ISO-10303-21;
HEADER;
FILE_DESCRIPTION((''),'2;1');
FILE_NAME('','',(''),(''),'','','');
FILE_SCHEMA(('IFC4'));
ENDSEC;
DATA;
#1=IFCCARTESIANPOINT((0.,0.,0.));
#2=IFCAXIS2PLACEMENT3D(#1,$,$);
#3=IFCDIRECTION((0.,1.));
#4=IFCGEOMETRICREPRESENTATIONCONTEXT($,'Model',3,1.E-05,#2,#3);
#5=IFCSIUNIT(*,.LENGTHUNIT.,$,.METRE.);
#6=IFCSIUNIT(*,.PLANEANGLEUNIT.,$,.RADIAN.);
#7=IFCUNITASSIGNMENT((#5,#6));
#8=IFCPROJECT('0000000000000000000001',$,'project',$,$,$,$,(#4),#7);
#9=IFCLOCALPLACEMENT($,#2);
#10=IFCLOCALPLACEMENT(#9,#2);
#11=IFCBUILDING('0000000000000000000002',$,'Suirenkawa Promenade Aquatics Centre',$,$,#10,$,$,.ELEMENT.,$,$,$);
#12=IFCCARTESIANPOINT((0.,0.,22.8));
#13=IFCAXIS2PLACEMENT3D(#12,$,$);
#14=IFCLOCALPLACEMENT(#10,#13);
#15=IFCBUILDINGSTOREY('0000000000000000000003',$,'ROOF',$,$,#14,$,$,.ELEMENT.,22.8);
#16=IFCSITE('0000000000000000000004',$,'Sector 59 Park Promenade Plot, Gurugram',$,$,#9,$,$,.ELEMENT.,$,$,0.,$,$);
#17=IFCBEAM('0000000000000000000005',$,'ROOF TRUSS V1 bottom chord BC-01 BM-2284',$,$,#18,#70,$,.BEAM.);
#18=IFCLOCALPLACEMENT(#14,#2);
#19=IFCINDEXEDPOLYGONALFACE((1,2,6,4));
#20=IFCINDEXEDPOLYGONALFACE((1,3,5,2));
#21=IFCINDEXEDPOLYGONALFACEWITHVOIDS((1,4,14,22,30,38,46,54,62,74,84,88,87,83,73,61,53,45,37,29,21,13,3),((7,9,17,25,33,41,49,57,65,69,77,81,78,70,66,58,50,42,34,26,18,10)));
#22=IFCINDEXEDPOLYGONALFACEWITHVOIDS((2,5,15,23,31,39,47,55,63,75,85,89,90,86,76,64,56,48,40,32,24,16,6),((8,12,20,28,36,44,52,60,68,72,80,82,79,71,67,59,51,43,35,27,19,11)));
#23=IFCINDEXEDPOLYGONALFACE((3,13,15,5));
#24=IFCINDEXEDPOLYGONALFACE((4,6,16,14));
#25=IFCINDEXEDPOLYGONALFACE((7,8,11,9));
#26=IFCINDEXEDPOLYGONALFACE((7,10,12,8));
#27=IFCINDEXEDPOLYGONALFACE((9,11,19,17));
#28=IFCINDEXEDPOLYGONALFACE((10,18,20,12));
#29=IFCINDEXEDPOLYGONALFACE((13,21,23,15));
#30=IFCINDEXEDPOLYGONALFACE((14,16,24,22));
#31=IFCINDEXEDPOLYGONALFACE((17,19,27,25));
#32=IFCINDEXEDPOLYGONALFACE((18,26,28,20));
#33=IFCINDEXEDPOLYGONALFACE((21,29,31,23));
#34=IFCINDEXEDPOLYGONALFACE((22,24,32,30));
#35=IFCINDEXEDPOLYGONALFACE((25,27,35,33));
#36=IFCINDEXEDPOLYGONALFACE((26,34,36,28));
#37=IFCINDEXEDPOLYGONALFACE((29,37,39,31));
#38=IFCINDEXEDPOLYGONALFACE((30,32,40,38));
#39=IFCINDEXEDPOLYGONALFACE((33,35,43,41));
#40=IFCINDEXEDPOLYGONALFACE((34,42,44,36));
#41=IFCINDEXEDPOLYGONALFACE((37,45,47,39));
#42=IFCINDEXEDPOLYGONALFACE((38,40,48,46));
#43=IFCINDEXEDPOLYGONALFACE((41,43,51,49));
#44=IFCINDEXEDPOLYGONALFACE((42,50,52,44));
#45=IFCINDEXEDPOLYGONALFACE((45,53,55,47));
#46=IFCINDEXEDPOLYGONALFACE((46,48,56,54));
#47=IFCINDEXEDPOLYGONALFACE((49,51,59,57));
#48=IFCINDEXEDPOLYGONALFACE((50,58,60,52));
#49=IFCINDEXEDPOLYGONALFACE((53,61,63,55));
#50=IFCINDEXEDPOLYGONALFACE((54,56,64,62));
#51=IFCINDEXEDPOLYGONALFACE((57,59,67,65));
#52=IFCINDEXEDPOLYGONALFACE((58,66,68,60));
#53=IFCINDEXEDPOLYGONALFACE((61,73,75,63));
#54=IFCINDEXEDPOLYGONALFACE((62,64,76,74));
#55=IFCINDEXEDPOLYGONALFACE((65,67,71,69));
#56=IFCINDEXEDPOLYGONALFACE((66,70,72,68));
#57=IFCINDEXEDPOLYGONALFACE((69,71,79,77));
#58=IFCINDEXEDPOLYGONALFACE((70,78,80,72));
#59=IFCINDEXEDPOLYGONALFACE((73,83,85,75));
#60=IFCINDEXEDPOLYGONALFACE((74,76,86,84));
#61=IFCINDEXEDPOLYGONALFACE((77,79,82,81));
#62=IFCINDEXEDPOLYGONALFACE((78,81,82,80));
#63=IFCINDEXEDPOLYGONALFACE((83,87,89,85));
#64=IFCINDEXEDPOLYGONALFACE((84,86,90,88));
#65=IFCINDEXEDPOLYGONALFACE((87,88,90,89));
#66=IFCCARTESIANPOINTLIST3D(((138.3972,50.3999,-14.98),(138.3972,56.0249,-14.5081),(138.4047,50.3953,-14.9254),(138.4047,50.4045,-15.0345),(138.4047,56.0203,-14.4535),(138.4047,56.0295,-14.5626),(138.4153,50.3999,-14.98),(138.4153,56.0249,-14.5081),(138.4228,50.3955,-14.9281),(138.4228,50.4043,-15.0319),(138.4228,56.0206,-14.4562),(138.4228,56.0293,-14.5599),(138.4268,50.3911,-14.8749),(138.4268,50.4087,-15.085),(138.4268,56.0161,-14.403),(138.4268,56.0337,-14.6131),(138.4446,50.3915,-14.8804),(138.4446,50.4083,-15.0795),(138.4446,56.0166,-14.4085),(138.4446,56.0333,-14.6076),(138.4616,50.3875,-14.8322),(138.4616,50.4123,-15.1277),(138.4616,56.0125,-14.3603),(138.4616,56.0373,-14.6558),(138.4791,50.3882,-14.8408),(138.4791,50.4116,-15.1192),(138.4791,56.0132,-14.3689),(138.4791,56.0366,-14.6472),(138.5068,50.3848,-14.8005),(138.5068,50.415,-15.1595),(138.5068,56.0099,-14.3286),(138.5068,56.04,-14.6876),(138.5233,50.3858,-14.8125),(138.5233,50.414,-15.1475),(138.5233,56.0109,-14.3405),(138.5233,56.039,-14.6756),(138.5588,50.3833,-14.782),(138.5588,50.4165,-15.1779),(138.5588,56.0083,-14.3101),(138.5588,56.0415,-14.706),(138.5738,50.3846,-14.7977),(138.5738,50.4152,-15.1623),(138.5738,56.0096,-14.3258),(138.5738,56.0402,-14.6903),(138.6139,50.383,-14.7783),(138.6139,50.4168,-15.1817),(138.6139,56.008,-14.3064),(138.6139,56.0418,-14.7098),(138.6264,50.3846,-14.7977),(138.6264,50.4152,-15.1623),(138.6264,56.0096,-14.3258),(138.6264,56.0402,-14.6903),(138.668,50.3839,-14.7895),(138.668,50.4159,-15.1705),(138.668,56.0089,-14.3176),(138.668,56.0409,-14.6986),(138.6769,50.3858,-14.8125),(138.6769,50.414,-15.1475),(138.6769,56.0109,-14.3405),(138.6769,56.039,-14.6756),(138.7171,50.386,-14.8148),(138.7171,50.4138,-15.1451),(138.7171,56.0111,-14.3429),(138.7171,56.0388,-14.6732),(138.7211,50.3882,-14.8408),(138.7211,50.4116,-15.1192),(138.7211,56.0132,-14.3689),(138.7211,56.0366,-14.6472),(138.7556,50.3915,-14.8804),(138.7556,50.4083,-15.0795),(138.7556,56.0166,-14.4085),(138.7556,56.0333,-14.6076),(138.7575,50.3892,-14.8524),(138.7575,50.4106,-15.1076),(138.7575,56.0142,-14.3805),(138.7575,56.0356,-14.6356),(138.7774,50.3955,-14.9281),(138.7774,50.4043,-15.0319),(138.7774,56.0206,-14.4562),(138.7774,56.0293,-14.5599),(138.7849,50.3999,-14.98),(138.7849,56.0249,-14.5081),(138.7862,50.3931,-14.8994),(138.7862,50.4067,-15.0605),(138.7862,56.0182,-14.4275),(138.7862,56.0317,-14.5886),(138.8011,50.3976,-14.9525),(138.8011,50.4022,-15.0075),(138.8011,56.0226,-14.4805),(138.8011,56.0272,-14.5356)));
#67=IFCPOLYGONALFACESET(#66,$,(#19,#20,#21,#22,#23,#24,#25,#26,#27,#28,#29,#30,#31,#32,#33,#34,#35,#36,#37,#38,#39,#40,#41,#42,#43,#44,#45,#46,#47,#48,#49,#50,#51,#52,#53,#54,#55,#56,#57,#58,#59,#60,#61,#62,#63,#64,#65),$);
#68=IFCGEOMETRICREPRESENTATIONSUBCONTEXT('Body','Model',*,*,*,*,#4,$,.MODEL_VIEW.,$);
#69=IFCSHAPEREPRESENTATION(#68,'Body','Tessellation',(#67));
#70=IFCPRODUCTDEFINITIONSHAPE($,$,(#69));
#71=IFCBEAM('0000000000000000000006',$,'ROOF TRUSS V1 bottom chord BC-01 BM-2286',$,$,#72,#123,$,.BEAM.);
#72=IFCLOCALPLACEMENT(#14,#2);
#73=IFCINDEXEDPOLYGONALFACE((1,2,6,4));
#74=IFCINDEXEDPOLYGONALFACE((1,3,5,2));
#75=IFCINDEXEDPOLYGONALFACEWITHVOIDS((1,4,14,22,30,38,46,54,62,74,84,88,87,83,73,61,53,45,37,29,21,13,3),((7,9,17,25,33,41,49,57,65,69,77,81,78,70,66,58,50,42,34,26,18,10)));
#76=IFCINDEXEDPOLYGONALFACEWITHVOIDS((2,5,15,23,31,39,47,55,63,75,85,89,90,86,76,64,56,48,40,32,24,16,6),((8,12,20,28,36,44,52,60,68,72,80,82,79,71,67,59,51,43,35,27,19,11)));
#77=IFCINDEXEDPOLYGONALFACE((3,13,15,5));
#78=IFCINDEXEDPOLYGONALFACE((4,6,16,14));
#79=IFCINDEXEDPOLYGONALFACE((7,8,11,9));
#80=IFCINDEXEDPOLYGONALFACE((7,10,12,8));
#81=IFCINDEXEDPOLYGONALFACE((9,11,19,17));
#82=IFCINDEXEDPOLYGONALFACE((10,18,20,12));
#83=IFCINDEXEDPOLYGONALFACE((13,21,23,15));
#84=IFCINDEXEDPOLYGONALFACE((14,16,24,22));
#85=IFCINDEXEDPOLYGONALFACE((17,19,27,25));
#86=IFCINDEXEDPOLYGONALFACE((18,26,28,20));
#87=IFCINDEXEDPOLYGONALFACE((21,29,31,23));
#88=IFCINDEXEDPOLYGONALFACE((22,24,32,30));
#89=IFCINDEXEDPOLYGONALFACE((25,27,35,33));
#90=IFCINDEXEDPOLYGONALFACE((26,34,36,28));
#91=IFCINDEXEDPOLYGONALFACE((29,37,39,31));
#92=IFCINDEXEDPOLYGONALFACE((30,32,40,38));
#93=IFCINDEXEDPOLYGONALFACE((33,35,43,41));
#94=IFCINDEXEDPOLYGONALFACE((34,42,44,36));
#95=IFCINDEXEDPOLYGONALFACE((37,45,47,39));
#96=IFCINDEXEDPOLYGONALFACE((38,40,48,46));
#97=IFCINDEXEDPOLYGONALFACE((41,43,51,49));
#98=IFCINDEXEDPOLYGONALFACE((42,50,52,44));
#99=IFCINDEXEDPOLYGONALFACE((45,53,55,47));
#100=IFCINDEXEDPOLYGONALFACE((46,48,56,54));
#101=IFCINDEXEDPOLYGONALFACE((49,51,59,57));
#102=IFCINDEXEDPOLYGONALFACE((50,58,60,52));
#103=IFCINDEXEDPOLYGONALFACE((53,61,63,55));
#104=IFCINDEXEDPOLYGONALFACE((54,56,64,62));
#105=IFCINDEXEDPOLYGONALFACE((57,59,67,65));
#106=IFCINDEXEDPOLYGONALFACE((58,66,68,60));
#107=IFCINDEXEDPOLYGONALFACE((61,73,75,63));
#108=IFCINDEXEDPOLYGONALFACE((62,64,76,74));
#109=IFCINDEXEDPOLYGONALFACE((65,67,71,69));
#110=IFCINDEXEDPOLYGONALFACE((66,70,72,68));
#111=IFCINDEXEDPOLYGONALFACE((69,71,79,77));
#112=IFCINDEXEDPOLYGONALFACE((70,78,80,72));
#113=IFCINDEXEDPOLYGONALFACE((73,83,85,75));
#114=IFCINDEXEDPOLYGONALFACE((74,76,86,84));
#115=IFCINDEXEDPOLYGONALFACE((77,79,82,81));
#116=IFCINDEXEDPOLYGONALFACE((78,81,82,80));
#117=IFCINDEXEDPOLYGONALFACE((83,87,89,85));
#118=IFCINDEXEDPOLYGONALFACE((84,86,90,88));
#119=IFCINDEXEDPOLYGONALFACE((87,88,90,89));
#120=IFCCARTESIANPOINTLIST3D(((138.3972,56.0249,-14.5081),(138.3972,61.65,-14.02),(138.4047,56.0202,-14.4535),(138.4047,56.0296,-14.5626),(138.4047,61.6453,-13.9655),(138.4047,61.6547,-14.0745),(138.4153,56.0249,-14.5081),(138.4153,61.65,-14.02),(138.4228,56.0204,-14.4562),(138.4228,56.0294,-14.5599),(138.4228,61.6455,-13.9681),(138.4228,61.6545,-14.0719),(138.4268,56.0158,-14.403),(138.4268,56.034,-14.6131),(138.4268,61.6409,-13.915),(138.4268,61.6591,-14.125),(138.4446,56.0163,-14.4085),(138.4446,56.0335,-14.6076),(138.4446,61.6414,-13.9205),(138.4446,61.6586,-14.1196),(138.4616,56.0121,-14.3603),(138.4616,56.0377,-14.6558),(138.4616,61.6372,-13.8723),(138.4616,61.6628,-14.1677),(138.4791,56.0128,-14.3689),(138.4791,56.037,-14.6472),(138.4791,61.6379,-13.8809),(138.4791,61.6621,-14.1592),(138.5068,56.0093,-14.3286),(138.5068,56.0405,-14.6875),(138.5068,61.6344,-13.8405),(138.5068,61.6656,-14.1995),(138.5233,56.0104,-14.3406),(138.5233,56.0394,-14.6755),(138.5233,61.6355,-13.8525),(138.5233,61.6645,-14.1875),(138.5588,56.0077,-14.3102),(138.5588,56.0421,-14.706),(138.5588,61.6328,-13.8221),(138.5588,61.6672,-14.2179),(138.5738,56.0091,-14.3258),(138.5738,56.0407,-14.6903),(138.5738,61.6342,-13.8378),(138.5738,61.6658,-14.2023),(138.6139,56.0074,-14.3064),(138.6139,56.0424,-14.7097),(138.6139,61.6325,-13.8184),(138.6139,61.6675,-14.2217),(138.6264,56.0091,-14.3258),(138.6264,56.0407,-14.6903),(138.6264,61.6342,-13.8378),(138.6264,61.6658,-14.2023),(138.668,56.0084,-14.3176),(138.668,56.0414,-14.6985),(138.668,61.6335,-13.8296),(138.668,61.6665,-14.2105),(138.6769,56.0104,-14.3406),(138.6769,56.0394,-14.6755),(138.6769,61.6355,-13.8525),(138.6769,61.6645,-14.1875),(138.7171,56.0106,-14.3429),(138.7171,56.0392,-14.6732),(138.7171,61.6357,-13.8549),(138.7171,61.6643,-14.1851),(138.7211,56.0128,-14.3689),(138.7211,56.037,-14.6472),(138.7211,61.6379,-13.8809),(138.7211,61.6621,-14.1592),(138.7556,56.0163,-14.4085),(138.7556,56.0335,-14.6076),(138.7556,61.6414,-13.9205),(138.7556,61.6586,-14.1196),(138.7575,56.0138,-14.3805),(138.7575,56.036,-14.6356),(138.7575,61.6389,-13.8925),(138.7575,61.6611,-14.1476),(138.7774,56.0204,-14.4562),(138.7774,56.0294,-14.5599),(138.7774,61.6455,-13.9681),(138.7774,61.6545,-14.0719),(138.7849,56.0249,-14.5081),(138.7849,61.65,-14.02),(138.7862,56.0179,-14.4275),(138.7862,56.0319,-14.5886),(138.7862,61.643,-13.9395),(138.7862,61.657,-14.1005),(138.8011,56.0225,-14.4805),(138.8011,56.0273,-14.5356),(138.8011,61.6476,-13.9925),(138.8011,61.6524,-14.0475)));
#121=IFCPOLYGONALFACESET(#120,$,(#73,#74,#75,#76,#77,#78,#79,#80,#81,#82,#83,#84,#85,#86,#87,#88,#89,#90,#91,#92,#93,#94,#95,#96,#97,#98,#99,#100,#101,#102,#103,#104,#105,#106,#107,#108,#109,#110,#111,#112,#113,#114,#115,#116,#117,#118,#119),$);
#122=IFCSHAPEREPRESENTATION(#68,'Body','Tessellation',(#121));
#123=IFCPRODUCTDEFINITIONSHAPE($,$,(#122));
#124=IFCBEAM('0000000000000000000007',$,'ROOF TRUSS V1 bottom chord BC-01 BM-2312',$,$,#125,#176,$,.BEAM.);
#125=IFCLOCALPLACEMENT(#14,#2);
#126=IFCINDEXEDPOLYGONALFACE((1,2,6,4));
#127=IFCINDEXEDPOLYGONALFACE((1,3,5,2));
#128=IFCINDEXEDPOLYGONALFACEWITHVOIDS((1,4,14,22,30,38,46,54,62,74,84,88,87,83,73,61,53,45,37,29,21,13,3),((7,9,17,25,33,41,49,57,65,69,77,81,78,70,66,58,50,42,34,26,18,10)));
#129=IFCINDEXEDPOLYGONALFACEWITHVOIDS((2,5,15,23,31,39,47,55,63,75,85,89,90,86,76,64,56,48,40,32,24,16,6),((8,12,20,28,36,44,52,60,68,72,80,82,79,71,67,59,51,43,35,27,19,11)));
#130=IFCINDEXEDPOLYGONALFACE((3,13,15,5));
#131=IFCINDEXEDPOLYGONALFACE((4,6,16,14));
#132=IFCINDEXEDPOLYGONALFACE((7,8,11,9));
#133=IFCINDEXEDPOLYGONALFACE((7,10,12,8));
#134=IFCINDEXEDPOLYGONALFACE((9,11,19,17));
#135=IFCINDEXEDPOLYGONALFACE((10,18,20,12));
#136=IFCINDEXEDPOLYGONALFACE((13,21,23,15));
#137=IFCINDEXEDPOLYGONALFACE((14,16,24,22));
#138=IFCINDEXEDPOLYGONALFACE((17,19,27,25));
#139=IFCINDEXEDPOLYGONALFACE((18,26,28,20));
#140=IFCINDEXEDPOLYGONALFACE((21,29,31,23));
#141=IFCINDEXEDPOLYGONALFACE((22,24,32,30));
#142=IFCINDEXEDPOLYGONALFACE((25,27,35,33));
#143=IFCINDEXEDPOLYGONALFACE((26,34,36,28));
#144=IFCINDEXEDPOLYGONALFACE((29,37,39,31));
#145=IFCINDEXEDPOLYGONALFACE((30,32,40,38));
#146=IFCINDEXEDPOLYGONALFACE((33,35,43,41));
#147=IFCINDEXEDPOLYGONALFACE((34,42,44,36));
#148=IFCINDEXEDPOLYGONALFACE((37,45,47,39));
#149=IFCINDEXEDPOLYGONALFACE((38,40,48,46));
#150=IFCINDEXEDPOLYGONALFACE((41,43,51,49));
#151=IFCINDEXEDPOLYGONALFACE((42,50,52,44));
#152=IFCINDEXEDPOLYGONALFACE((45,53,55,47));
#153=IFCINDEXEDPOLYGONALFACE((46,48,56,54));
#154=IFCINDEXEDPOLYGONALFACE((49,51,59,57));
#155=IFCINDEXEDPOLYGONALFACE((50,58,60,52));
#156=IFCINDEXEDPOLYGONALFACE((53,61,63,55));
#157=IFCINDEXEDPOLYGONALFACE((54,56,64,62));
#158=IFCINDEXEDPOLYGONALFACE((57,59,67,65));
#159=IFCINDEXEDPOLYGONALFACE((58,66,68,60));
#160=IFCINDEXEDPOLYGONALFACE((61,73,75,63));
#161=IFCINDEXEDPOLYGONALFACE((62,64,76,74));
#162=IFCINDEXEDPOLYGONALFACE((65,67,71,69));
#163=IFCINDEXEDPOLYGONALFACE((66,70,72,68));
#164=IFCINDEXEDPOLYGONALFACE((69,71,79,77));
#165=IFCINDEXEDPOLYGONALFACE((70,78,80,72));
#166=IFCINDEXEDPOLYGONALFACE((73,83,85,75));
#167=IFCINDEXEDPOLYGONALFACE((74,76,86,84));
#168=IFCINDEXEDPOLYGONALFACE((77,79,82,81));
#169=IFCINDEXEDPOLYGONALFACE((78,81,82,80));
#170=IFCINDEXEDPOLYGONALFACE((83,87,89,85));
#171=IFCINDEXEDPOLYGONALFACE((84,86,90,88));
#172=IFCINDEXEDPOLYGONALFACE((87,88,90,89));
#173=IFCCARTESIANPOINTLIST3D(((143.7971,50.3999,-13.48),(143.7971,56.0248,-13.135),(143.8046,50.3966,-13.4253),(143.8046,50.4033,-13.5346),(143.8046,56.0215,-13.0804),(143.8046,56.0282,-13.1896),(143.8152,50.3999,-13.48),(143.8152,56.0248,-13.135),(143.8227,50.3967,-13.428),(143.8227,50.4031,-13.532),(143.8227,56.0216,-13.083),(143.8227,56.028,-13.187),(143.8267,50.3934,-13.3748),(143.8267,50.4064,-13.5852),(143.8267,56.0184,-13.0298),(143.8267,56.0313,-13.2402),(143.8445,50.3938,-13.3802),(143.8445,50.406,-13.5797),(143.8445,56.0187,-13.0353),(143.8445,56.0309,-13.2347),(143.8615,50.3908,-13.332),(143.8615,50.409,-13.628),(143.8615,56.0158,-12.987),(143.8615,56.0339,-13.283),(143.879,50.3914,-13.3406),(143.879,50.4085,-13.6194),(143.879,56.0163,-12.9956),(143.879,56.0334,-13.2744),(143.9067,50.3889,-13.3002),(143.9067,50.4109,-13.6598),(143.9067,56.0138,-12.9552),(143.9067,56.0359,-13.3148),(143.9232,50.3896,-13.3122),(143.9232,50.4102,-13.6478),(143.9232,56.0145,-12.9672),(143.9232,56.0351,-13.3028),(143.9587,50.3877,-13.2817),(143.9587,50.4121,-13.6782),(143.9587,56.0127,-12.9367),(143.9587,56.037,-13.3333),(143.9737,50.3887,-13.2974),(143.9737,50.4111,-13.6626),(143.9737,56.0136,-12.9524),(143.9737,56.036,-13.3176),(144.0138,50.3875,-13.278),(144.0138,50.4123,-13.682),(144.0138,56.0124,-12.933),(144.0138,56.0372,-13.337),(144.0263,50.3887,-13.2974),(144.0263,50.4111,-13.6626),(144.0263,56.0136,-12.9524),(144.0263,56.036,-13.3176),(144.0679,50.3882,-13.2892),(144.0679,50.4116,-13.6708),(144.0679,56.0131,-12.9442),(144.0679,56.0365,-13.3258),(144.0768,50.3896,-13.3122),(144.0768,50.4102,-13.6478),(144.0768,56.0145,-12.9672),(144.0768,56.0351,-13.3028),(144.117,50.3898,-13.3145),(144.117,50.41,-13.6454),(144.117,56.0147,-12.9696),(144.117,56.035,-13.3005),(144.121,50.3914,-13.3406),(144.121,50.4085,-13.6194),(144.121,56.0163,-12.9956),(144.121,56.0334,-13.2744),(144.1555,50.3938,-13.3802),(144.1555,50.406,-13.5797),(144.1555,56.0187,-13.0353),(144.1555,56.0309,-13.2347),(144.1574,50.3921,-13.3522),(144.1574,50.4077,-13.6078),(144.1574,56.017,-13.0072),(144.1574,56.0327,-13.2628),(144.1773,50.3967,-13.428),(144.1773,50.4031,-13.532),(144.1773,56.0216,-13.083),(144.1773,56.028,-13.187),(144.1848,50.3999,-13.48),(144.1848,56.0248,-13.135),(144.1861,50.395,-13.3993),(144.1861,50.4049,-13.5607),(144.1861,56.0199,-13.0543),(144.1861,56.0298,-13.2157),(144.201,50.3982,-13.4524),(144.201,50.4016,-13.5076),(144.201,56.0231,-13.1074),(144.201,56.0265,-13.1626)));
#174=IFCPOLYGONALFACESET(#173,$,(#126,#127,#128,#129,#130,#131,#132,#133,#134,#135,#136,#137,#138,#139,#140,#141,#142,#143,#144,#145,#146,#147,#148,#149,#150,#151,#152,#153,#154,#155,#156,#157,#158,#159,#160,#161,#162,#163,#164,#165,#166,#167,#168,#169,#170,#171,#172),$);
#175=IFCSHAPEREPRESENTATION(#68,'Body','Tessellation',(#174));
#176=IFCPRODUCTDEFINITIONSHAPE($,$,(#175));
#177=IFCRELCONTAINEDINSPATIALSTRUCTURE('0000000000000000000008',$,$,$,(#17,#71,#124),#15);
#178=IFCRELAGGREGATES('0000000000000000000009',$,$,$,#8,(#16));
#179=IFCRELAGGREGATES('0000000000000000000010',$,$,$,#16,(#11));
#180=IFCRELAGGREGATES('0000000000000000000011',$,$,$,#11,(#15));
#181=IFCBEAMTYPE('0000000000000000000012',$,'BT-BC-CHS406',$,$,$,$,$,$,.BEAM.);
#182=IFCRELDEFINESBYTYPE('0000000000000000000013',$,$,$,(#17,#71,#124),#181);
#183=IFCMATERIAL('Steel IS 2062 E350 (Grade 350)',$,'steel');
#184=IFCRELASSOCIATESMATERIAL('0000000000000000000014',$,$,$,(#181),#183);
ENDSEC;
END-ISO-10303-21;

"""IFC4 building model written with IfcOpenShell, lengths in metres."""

from ifc_helpers import new_model, si_unit, direction, frame, origin, origin_2d, place, context, subcontext, project, spatial, hollow_circle, extrude, material, material_profile, profile_set, type_object, element, save


model = new_model("IFC4")

# Units and contexts
model_context = context("Model", 3, precision=1e-05, world=origin(), true_north=direction((0.0, 1.0)))
body_context = subcontext(model_context, "Body", "Model", "MODEL_VIEW")
ifc_project = project(units=[si_unit("LENGTHUNIT", "METRE"), si_unit("PLANEANGLEUNIT", "RADIAN")], contexts=[model_context])

# Site, building, storey
site_placement = place(None, origin())
site = spatial("IfcSite", under=ifc_project, at=site_placement, Name="Sector 59 Park Promenade Plot, Gurugram", CompositionType="ELEMENT", RefElevation=0.0)
building_placement = place(site_placement, origin())
building = spatial("IfcBuilding", under=site, at=building_placement, Name="Suirenkawa Promenade Aquatics Centre", CompositionType="ELEMENT")
storey_placement = place(building_placement, frame((0.0, 0.0, 22.8)))
storey = spatial("IfcBuildingStorey", under=building, at=storey_placement, Name="ROOF", CompositionType="ELEMENT", Elevation=22.8)

# Beams
ifc_material_1 = material(Name="Steel IS 2062 E350 (Grade 350)", Category="steel")
ifc_material_profile_1 = material_profile(ifc_material_1, hollow_circle(Radius=0.2029, WallThickness=0.0181, at=origin_2d()), Name="CHS 406x18", Category="steel")
ifc_profile_set_1 = profile_set([ifc_material_profile_1], Name="Steel IS 2062 E350 (Grade 350)")
beam_type_1 = type_object("IfcBeamType", Name="BT-BC-CHS406", PredefinedType="BEAM", material=ifc_profile_set_1)
beam_1_placement = place(storey_placement, frame((138.6001, 50.3999, -14.98), z_axis=(0.0, 0.996499, 0.083604), x_axis=(-1.0, 0.0, 0.0)))
element("IfcBeam", 1, at=beam_1_placement, inside=storey, type_object=beam_type_1, Name="ROOF TRUSS V1 bottom chord BC-01 BM-2284", PredefinedType="BEAM", context=body_context, shape_type="SweptSolid", body=[
    extrude(hollow_circle(Radius=0.2029, WallThickness=0.0181, at=origin_2d()), origin(), (0.0, 0.0, 1.0), 5.6448),
])
beam_2_placement = place(storey_placement, frame((138.6001, 56.0249, -14.5081), z_axis=(0.0, 0.996257, 0.086437), x_axis=(-1.0, 0.0, 0.0)))
element("IfcBeam", 2, at=beam_2_placement, inside=storey, type_object=beam_type_1, Name="ROOF TRUSS V1 bottom chord BC-01 BM-2286", PredefinedType="BEAM", context=body_context, shape_type="SweptSolid", body=[
    extrude(hollow_circle(Radius=0.2029, WallThickness=0.0181, at=origin_2d()), origin(), (0.0, 0.0, 1.0), 5.6462),
])
beam_3_placement = place(storey_placement, frame((144.0, 50.3999, -13.48), z_axis=(0.0, 0.998125, 0.061213), x_axis=(-1.0, 0.0, 0.0)))
element("IfcBeam", 3, at=beam_3_placement, inside=storey, type_object=beam_type_1, Name="ROOF TRUSS V1 bottom chord BC-01 BM-2312", PredefinedType="BEAM", context=body_context, shape_type="SweptSolid", body=[
    extrude(hollow_circle(Radius=0.2029, WallThickness=0.0181, at=origin_2d()), origin(), (0.0, 0.0, 1.0), 5.6355),
])

save(model, "model.ifc")
